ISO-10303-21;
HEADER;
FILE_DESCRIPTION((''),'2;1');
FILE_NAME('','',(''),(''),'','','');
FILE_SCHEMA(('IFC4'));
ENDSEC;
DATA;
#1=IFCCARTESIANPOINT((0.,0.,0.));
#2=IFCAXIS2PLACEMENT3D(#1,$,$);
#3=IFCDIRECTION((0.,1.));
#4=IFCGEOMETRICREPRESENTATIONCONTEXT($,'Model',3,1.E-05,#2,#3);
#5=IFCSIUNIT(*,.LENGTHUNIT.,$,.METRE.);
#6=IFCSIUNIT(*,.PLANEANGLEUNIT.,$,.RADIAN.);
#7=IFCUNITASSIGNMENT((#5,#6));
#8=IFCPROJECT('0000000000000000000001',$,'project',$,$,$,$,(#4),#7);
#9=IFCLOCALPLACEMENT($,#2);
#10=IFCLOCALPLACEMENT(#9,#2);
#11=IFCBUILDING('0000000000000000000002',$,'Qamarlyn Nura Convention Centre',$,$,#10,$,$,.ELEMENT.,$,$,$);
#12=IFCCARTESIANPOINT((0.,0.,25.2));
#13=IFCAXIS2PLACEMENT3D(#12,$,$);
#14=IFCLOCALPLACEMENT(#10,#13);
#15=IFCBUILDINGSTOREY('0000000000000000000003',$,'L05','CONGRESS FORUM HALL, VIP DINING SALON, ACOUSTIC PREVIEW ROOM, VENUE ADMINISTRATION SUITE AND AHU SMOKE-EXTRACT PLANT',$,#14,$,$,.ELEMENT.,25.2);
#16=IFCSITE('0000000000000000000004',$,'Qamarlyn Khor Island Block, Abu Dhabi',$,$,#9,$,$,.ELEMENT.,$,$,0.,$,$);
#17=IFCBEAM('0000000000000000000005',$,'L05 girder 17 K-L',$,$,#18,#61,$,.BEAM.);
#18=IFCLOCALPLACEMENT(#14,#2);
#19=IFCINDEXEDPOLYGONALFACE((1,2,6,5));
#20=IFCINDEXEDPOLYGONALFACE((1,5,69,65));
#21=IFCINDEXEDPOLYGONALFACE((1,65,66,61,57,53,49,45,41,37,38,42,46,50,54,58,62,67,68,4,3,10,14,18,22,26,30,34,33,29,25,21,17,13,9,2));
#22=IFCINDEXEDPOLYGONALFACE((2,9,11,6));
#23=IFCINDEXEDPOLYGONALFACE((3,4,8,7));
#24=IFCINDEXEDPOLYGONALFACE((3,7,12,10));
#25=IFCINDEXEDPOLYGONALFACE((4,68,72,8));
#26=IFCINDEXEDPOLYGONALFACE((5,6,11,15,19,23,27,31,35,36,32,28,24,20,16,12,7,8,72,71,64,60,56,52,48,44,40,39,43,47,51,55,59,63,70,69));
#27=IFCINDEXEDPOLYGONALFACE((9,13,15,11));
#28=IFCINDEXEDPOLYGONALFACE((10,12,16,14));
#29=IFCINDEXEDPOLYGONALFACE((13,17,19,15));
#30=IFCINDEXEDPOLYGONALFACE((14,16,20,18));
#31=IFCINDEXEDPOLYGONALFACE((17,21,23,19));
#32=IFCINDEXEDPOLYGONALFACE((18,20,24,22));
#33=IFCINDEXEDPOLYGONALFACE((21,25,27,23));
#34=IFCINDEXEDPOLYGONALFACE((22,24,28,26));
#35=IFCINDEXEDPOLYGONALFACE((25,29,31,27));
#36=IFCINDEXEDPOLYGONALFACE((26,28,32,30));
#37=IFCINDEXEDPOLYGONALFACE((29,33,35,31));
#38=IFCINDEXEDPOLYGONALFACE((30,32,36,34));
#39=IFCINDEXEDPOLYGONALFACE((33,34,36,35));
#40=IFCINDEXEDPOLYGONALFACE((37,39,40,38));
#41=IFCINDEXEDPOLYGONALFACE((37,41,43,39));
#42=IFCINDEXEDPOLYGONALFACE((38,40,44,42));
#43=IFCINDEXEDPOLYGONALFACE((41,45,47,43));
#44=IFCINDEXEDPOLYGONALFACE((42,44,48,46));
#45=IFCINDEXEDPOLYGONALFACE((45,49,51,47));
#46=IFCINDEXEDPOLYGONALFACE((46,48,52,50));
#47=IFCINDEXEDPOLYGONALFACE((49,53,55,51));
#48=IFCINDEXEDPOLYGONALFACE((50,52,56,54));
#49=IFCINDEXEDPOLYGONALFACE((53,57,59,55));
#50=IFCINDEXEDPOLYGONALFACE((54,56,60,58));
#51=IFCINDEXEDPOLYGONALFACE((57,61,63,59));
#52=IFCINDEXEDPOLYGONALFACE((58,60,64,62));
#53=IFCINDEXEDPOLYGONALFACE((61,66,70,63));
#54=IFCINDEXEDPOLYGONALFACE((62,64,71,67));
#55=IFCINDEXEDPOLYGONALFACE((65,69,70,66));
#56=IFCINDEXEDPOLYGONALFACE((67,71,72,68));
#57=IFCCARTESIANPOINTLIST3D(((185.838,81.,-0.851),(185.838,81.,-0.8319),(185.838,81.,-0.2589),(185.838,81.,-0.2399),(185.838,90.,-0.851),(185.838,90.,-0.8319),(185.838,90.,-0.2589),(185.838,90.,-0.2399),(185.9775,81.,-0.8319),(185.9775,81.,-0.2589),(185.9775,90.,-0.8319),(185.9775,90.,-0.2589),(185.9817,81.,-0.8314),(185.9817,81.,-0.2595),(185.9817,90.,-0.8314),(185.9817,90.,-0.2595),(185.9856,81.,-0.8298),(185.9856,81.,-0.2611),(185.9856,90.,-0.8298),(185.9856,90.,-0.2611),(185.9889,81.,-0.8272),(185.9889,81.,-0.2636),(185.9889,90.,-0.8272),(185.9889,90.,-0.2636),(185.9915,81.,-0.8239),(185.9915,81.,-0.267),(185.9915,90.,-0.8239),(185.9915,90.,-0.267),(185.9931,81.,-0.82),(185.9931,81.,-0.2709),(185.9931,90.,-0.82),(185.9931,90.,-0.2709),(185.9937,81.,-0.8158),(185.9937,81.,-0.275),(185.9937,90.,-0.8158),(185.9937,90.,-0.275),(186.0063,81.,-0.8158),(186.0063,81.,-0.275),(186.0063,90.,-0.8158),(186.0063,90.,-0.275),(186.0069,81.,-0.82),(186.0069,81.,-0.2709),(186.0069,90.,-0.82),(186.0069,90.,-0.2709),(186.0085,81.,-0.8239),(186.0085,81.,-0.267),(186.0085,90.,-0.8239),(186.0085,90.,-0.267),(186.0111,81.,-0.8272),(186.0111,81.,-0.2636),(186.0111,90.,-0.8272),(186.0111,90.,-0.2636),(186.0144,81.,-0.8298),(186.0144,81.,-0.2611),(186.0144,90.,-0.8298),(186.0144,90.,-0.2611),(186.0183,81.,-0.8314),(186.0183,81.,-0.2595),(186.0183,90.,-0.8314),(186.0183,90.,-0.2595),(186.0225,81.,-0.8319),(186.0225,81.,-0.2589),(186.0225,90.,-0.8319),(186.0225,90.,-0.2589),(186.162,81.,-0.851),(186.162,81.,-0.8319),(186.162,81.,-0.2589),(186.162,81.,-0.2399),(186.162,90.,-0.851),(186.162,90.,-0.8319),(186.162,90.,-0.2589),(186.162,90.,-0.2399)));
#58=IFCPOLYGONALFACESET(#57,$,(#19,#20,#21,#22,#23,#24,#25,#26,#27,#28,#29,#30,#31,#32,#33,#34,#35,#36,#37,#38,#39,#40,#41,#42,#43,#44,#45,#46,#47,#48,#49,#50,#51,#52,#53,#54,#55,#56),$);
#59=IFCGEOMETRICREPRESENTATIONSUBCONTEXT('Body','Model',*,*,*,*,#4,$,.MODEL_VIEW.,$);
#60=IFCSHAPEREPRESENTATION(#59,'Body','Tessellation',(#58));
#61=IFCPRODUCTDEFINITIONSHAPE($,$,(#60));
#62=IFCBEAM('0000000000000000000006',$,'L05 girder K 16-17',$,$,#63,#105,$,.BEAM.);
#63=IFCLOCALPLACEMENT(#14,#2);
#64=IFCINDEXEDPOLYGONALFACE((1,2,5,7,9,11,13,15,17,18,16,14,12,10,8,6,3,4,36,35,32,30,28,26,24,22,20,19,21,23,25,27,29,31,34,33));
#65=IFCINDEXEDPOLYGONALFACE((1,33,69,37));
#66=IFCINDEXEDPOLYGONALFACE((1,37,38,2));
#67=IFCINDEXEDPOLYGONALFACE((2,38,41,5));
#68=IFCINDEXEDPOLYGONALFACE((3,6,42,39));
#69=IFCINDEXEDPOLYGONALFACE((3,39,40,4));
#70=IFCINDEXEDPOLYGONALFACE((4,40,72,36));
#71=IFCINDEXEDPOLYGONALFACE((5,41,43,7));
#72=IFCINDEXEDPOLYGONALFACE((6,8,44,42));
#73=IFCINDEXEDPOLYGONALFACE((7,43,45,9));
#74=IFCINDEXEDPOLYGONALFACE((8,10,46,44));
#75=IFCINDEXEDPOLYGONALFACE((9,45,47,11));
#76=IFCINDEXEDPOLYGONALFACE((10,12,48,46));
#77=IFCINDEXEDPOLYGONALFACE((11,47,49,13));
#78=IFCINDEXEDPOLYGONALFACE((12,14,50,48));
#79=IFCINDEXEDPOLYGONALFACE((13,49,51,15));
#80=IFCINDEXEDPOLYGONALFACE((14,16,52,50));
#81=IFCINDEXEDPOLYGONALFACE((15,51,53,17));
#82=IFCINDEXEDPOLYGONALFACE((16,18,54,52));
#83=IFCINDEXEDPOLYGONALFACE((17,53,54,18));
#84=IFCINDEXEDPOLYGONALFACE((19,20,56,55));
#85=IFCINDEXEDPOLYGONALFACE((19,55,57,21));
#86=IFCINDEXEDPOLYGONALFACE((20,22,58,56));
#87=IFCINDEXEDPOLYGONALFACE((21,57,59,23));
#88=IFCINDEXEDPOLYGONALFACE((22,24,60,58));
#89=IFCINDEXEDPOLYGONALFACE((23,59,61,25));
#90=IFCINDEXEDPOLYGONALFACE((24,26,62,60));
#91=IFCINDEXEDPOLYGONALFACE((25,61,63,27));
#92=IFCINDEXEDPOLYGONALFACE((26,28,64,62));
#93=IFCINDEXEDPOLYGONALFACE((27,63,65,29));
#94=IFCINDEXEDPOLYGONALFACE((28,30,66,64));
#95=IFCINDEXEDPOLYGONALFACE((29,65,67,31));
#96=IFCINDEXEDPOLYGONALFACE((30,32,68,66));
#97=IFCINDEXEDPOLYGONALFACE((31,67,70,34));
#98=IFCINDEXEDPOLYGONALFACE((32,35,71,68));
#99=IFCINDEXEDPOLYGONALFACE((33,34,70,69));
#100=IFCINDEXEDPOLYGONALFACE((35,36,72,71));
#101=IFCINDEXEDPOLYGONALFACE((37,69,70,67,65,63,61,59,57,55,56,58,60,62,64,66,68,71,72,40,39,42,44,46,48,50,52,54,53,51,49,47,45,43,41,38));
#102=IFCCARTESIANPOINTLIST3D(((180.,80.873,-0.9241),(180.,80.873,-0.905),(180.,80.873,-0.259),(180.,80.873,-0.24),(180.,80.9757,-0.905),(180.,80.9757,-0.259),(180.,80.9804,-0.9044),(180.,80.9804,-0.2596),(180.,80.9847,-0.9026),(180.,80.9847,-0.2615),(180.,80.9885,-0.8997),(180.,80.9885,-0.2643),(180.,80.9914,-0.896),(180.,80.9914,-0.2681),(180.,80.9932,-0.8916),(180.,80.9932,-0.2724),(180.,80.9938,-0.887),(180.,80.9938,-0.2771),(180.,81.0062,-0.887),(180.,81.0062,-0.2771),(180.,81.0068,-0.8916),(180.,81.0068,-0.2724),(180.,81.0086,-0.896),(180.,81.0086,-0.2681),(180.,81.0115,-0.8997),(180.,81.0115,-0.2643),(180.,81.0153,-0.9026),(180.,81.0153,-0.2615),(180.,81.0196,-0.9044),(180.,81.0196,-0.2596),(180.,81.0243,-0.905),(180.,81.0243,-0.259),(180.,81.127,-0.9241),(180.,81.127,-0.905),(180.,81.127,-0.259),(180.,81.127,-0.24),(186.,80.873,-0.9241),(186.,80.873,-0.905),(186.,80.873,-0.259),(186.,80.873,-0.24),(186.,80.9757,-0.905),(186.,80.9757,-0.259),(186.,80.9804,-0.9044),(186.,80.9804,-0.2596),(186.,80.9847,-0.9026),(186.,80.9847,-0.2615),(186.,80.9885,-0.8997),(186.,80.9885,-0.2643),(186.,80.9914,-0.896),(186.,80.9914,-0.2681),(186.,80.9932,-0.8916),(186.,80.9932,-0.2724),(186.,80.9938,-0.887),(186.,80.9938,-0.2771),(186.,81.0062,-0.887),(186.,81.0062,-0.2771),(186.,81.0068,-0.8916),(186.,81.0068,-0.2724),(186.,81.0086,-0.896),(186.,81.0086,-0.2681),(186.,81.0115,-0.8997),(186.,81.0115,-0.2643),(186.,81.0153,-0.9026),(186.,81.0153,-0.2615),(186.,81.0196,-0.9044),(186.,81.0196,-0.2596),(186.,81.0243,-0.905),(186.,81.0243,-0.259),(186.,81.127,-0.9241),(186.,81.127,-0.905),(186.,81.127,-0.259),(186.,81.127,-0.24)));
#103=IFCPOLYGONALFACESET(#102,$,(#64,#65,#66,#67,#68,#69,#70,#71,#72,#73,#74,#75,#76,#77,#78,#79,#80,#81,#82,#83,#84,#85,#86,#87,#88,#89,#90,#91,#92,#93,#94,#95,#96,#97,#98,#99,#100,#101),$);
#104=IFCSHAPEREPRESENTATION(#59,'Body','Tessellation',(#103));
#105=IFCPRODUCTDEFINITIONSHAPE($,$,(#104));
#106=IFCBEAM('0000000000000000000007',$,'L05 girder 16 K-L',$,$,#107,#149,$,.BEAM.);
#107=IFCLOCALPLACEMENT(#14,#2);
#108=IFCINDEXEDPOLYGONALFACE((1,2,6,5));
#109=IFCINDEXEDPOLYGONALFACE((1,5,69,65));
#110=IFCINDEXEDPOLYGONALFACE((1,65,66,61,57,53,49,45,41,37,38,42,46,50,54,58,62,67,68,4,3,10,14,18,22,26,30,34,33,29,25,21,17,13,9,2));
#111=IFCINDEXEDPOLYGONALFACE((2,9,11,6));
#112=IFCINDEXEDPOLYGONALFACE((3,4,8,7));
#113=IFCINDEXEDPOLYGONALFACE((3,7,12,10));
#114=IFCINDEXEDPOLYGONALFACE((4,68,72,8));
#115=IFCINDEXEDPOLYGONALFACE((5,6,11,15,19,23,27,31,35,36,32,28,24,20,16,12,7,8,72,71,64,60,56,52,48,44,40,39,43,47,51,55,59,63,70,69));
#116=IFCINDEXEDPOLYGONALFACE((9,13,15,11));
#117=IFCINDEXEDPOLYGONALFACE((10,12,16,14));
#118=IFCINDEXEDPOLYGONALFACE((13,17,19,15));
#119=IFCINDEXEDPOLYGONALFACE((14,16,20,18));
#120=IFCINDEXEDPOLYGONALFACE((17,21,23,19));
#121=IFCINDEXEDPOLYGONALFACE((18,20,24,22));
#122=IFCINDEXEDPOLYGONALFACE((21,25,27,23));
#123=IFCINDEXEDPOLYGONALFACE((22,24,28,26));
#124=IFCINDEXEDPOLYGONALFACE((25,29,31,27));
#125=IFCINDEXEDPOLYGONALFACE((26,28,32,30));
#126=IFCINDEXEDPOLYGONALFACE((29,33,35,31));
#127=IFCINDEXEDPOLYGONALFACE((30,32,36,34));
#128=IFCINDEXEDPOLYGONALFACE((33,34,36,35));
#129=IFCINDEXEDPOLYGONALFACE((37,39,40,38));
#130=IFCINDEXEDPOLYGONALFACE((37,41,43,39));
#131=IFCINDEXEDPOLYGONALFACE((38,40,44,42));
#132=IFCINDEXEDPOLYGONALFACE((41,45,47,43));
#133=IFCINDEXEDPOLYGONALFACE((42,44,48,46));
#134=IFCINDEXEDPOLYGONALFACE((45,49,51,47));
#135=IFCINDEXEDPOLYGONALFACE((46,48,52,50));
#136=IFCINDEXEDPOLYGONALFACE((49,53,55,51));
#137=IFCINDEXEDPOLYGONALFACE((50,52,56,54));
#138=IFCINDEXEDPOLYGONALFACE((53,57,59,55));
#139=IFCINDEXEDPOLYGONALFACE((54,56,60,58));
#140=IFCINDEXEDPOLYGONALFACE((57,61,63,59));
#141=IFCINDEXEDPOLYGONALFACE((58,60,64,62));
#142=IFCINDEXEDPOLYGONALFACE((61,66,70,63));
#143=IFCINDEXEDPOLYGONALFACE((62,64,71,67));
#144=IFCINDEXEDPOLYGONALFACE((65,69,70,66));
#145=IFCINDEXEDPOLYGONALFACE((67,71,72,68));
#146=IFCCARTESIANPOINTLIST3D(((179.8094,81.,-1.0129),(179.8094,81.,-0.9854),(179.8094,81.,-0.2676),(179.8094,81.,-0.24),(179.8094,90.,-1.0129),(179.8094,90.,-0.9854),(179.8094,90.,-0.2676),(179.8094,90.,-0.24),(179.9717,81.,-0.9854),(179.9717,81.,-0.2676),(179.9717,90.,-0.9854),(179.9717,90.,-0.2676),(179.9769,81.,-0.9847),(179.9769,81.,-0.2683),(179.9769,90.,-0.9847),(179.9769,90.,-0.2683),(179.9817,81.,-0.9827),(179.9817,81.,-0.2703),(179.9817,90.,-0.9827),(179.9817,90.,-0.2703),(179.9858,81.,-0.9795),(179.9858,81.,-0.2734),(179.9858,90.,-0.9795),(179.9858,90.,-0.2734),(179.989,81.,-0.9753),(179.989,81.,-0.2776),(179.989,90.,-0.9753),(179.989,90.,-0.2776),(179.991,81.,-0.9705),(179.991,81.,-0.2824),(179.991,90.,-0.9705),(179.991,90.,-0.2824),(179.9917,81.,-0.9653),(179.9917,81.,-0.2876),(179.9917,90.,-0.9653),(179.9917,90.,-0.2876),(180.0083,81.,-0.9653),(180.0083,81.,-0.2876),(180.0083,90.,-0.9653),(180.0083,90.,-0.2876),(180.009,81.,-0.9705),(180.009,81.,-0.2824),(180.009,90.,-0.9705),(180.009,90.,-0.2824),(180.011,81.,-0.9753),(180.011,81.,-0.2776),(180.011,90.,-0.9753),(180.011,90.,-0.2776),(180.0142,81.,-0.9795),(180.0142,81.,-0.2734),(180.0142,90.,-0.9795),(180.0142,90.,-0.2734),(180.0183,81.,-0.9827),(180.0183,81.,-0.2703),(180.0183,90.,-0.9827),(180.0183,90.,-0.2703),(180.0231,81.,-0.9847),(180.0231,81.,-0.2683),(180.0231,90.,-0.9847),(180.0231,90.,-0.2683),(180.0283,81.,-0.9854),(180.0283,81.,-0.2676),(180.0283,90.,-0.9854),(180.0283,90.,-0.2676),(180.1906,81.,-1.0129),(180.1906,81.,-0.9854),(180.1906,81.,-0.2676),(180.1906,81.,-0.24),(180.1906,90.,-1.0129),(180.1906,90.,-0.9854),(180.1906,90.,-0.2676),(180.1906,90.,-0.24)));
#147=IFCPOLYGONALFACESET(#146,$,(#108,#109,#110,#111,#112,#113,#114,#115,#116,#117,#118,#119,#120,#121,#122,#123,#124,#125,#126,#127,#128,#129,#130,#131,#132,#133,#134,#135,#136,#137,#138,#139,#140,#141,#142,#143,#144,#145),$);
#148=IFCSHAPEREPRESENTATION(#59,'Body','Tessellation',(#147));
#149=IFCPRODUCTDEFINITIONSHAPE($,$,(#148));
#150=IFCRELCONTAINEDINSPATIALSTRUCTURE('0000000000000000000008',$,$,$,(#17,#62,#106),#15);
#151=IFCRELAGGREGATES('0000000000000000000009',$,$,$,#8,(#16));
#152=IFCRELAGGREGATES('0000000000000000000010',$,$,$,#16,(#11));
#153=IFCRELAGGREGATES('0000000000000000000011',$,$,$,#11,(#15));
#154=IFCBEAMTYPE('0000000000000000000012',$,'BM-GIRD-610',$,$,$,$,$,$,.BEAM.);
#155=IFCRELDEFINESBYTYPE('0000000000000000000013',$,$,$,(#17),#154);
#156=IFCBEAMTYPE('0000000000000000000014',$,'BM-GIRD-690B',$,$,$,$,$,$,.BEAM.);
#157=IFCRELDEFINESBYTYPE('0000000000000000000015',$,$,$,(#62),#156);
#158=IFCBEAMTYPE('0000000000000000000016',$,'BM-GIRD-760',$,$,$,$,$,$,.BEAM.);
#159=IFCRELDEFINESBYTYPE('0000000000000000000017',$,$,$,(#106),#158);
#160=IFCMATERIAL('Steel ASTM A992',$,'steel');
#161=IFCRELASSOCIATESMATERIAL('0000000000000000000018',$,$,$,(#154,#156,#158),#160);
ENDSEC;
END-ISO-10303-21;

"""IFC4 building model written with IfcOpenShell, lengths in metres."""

from ifc_helpers import new_model, si_unit, direction, frame, origin, origin_2d, place, context, subcontext, project, spatial, i_section, extrude, material, material_profile, profile_set, type_object, element, save


model = new_model("IFC4")

# Units and contexts
model_context = context("Model", 3, precision=1e-05, world=origin(), true_north=direction((0.0, 1.0)))
body_context = subcontext(model_context, "Body", "Model", "MODEL_VIEW")
ifc_project = project(units=[si_unit("LENGTHUNIT", "METRE"), si_unit("PLANEANGLEUNIT", "RADIAN")], contexts=[model_context])

# Site, building, storey
site_placement = place(None, origin())
site = spatial("IfcSite", under=ifc_project, at=site_placement, Name="Qamarlyn Khor Island Block, Abu Dhabi", CompositionType="ELEMENT", RefElevation=0.0)
building_placement = place(site_placement, origin())
building = spatial("IfcBuilding", under=site, at=building_placement, Name="Qamarlyn Nura Convention Centre", CompositionType="ELEMENT")
storey_placement = place(building_placement, frame((0.0, 0.0, 25.2)))
storey = spatial("IfcBuildingStorey", under=building, at=storey_placement, Name="L05", Description="CONGRESS FORUM HALL, VIP DINING SALON, ACOUSTIC PREVIEW ROOM, VENUE ADMINISTRATION SUITE AND AHU SMOKE-EXTRACT PLANT", CompositionType="ELEMENT", Elevation=25.2)

# Shared definitions
ifc_material_1 = material(Name="Steel ASTM A992", Category="steel")

# Beams
ifc_material_profile_1 = material_profile(ifc_material_1, i_section(OverallWidth=0.324, OverallDepth=0.6111, WebThickness=0.0127, FlangeThickness=0.019, FilletRadius=0.0161, at=origin_2d()), Name="W610X155")
ifc_profile_set_1 = profile_set([ifc_material_profile_1], Name="Steel ASTM A992")
beam_type_1 = type_object("IfcBeamType", Name="BM-GIRD-610", PredefinedType="BEAM", material=ifc_profile_set_1)
beam_1_placement = place(storey_placement, frame((186.0, 81.0, -0.5454), z_axis=(0.0, 1.0, 0.0), x_axis=(-1.0, 0.0, 0.0)))
element("IfcBeam", 1, at=beam_1_placement, inside=storey, type_object=beam_type_1, Name="L05 girder 17 K-L", PredefinedType="BEAM", context=body_context, shape_type="SweptSolid", body=[
    extrude(i_section(OverallWidth=0.324, OverallDepth=0.6111, WebThickness=0.0127, FlangeThickness=0.019, FilletRadius=0.0161, at=origin_2d()), origin(), (0.0, 0.0, 1.0), 9.0),
])
ifc_material_profile_2 = material_profile(ifc_material_1, i_section(OverallWidth=0.2539, OverallDepth=0.6841, WebThickness=0.0125, FlangeThickness=0.019, FilletRadius=0.0181, at=origin_2d()), Name="W690X140")
ifc_profile_set_2 = profile_set([ifc_material_profile_2], Name="Steel ASTM A992")
beam_type_2 = type_object("IfcBeamType", Name="BM-GIRD-690B", PredefinedType="BEAM", material=ifc_profile_set_2)
beam_2_placement = place(storey_placement, frame((180.0, 81.0, -0.582), z_axis=(1.0, 0.0, 0.0), x_axis=(0.0, 1.0, 0.0)))
element("IfcBeam", 2, at=beam_2_placement, inside=storey, type_object=beam_type_2, Name="L05 girder K 16-17", PredefinedType="BEAM", context=body_context, shape_type="SweptSolid", body=[
    extrude(i_section(OverallWidth=0.2539, OverallDepth=0.6841, WebThickness=0.0125, FlangeThickness=0.019, FilletRadius=0.0181, at=origin_2d()), origin(), (0.0, 0.0, 1.0), 6.0),
])
ifc_material_profile_3 = material_profile(ifc_material_1, i_section(OverallWidth=0.3811, OverallDepth=0.7729, WebThickness=0.0166, FlangeThickness=0.0276, FilletRadius=0.02, at=origin_2d()), Name="W760X257")
ifc_profile_set_3 = profile_set([ifc_material_profile_3], Name="Steel ASTM A992")
beam_type_3 = type_object("IfcBeamType", Name="BM-GIRD-760", PredefinedType="BEAM", material=ifc_profile_set_3)
beam_3_placement = place(storey_placement, frame((180.0, 81.0, -0.6265), z_axis=(0.0, 1.0, 0.0), x_axis=(-1.0, 0.0, 0.0)))
element("IfcBeam", 3, at=beam_3_placement, inside=storey, type_object=beam_type_3, Name="L05 girder 16 K-L", PredefinedType="BEAM", context=body_context, shape_type="SweptSolid", body=[
    extrude(i_section(OverallWidth=0.3811, OverallDepth=0.7729, WebThickness=0.0166, FlangeThickness=0.0276, FilletRadius=0.02, at=origin_2d()), origin(), (0.0, 0.0, 1.0), 9.0),
])

save(model, "model.ifc")
